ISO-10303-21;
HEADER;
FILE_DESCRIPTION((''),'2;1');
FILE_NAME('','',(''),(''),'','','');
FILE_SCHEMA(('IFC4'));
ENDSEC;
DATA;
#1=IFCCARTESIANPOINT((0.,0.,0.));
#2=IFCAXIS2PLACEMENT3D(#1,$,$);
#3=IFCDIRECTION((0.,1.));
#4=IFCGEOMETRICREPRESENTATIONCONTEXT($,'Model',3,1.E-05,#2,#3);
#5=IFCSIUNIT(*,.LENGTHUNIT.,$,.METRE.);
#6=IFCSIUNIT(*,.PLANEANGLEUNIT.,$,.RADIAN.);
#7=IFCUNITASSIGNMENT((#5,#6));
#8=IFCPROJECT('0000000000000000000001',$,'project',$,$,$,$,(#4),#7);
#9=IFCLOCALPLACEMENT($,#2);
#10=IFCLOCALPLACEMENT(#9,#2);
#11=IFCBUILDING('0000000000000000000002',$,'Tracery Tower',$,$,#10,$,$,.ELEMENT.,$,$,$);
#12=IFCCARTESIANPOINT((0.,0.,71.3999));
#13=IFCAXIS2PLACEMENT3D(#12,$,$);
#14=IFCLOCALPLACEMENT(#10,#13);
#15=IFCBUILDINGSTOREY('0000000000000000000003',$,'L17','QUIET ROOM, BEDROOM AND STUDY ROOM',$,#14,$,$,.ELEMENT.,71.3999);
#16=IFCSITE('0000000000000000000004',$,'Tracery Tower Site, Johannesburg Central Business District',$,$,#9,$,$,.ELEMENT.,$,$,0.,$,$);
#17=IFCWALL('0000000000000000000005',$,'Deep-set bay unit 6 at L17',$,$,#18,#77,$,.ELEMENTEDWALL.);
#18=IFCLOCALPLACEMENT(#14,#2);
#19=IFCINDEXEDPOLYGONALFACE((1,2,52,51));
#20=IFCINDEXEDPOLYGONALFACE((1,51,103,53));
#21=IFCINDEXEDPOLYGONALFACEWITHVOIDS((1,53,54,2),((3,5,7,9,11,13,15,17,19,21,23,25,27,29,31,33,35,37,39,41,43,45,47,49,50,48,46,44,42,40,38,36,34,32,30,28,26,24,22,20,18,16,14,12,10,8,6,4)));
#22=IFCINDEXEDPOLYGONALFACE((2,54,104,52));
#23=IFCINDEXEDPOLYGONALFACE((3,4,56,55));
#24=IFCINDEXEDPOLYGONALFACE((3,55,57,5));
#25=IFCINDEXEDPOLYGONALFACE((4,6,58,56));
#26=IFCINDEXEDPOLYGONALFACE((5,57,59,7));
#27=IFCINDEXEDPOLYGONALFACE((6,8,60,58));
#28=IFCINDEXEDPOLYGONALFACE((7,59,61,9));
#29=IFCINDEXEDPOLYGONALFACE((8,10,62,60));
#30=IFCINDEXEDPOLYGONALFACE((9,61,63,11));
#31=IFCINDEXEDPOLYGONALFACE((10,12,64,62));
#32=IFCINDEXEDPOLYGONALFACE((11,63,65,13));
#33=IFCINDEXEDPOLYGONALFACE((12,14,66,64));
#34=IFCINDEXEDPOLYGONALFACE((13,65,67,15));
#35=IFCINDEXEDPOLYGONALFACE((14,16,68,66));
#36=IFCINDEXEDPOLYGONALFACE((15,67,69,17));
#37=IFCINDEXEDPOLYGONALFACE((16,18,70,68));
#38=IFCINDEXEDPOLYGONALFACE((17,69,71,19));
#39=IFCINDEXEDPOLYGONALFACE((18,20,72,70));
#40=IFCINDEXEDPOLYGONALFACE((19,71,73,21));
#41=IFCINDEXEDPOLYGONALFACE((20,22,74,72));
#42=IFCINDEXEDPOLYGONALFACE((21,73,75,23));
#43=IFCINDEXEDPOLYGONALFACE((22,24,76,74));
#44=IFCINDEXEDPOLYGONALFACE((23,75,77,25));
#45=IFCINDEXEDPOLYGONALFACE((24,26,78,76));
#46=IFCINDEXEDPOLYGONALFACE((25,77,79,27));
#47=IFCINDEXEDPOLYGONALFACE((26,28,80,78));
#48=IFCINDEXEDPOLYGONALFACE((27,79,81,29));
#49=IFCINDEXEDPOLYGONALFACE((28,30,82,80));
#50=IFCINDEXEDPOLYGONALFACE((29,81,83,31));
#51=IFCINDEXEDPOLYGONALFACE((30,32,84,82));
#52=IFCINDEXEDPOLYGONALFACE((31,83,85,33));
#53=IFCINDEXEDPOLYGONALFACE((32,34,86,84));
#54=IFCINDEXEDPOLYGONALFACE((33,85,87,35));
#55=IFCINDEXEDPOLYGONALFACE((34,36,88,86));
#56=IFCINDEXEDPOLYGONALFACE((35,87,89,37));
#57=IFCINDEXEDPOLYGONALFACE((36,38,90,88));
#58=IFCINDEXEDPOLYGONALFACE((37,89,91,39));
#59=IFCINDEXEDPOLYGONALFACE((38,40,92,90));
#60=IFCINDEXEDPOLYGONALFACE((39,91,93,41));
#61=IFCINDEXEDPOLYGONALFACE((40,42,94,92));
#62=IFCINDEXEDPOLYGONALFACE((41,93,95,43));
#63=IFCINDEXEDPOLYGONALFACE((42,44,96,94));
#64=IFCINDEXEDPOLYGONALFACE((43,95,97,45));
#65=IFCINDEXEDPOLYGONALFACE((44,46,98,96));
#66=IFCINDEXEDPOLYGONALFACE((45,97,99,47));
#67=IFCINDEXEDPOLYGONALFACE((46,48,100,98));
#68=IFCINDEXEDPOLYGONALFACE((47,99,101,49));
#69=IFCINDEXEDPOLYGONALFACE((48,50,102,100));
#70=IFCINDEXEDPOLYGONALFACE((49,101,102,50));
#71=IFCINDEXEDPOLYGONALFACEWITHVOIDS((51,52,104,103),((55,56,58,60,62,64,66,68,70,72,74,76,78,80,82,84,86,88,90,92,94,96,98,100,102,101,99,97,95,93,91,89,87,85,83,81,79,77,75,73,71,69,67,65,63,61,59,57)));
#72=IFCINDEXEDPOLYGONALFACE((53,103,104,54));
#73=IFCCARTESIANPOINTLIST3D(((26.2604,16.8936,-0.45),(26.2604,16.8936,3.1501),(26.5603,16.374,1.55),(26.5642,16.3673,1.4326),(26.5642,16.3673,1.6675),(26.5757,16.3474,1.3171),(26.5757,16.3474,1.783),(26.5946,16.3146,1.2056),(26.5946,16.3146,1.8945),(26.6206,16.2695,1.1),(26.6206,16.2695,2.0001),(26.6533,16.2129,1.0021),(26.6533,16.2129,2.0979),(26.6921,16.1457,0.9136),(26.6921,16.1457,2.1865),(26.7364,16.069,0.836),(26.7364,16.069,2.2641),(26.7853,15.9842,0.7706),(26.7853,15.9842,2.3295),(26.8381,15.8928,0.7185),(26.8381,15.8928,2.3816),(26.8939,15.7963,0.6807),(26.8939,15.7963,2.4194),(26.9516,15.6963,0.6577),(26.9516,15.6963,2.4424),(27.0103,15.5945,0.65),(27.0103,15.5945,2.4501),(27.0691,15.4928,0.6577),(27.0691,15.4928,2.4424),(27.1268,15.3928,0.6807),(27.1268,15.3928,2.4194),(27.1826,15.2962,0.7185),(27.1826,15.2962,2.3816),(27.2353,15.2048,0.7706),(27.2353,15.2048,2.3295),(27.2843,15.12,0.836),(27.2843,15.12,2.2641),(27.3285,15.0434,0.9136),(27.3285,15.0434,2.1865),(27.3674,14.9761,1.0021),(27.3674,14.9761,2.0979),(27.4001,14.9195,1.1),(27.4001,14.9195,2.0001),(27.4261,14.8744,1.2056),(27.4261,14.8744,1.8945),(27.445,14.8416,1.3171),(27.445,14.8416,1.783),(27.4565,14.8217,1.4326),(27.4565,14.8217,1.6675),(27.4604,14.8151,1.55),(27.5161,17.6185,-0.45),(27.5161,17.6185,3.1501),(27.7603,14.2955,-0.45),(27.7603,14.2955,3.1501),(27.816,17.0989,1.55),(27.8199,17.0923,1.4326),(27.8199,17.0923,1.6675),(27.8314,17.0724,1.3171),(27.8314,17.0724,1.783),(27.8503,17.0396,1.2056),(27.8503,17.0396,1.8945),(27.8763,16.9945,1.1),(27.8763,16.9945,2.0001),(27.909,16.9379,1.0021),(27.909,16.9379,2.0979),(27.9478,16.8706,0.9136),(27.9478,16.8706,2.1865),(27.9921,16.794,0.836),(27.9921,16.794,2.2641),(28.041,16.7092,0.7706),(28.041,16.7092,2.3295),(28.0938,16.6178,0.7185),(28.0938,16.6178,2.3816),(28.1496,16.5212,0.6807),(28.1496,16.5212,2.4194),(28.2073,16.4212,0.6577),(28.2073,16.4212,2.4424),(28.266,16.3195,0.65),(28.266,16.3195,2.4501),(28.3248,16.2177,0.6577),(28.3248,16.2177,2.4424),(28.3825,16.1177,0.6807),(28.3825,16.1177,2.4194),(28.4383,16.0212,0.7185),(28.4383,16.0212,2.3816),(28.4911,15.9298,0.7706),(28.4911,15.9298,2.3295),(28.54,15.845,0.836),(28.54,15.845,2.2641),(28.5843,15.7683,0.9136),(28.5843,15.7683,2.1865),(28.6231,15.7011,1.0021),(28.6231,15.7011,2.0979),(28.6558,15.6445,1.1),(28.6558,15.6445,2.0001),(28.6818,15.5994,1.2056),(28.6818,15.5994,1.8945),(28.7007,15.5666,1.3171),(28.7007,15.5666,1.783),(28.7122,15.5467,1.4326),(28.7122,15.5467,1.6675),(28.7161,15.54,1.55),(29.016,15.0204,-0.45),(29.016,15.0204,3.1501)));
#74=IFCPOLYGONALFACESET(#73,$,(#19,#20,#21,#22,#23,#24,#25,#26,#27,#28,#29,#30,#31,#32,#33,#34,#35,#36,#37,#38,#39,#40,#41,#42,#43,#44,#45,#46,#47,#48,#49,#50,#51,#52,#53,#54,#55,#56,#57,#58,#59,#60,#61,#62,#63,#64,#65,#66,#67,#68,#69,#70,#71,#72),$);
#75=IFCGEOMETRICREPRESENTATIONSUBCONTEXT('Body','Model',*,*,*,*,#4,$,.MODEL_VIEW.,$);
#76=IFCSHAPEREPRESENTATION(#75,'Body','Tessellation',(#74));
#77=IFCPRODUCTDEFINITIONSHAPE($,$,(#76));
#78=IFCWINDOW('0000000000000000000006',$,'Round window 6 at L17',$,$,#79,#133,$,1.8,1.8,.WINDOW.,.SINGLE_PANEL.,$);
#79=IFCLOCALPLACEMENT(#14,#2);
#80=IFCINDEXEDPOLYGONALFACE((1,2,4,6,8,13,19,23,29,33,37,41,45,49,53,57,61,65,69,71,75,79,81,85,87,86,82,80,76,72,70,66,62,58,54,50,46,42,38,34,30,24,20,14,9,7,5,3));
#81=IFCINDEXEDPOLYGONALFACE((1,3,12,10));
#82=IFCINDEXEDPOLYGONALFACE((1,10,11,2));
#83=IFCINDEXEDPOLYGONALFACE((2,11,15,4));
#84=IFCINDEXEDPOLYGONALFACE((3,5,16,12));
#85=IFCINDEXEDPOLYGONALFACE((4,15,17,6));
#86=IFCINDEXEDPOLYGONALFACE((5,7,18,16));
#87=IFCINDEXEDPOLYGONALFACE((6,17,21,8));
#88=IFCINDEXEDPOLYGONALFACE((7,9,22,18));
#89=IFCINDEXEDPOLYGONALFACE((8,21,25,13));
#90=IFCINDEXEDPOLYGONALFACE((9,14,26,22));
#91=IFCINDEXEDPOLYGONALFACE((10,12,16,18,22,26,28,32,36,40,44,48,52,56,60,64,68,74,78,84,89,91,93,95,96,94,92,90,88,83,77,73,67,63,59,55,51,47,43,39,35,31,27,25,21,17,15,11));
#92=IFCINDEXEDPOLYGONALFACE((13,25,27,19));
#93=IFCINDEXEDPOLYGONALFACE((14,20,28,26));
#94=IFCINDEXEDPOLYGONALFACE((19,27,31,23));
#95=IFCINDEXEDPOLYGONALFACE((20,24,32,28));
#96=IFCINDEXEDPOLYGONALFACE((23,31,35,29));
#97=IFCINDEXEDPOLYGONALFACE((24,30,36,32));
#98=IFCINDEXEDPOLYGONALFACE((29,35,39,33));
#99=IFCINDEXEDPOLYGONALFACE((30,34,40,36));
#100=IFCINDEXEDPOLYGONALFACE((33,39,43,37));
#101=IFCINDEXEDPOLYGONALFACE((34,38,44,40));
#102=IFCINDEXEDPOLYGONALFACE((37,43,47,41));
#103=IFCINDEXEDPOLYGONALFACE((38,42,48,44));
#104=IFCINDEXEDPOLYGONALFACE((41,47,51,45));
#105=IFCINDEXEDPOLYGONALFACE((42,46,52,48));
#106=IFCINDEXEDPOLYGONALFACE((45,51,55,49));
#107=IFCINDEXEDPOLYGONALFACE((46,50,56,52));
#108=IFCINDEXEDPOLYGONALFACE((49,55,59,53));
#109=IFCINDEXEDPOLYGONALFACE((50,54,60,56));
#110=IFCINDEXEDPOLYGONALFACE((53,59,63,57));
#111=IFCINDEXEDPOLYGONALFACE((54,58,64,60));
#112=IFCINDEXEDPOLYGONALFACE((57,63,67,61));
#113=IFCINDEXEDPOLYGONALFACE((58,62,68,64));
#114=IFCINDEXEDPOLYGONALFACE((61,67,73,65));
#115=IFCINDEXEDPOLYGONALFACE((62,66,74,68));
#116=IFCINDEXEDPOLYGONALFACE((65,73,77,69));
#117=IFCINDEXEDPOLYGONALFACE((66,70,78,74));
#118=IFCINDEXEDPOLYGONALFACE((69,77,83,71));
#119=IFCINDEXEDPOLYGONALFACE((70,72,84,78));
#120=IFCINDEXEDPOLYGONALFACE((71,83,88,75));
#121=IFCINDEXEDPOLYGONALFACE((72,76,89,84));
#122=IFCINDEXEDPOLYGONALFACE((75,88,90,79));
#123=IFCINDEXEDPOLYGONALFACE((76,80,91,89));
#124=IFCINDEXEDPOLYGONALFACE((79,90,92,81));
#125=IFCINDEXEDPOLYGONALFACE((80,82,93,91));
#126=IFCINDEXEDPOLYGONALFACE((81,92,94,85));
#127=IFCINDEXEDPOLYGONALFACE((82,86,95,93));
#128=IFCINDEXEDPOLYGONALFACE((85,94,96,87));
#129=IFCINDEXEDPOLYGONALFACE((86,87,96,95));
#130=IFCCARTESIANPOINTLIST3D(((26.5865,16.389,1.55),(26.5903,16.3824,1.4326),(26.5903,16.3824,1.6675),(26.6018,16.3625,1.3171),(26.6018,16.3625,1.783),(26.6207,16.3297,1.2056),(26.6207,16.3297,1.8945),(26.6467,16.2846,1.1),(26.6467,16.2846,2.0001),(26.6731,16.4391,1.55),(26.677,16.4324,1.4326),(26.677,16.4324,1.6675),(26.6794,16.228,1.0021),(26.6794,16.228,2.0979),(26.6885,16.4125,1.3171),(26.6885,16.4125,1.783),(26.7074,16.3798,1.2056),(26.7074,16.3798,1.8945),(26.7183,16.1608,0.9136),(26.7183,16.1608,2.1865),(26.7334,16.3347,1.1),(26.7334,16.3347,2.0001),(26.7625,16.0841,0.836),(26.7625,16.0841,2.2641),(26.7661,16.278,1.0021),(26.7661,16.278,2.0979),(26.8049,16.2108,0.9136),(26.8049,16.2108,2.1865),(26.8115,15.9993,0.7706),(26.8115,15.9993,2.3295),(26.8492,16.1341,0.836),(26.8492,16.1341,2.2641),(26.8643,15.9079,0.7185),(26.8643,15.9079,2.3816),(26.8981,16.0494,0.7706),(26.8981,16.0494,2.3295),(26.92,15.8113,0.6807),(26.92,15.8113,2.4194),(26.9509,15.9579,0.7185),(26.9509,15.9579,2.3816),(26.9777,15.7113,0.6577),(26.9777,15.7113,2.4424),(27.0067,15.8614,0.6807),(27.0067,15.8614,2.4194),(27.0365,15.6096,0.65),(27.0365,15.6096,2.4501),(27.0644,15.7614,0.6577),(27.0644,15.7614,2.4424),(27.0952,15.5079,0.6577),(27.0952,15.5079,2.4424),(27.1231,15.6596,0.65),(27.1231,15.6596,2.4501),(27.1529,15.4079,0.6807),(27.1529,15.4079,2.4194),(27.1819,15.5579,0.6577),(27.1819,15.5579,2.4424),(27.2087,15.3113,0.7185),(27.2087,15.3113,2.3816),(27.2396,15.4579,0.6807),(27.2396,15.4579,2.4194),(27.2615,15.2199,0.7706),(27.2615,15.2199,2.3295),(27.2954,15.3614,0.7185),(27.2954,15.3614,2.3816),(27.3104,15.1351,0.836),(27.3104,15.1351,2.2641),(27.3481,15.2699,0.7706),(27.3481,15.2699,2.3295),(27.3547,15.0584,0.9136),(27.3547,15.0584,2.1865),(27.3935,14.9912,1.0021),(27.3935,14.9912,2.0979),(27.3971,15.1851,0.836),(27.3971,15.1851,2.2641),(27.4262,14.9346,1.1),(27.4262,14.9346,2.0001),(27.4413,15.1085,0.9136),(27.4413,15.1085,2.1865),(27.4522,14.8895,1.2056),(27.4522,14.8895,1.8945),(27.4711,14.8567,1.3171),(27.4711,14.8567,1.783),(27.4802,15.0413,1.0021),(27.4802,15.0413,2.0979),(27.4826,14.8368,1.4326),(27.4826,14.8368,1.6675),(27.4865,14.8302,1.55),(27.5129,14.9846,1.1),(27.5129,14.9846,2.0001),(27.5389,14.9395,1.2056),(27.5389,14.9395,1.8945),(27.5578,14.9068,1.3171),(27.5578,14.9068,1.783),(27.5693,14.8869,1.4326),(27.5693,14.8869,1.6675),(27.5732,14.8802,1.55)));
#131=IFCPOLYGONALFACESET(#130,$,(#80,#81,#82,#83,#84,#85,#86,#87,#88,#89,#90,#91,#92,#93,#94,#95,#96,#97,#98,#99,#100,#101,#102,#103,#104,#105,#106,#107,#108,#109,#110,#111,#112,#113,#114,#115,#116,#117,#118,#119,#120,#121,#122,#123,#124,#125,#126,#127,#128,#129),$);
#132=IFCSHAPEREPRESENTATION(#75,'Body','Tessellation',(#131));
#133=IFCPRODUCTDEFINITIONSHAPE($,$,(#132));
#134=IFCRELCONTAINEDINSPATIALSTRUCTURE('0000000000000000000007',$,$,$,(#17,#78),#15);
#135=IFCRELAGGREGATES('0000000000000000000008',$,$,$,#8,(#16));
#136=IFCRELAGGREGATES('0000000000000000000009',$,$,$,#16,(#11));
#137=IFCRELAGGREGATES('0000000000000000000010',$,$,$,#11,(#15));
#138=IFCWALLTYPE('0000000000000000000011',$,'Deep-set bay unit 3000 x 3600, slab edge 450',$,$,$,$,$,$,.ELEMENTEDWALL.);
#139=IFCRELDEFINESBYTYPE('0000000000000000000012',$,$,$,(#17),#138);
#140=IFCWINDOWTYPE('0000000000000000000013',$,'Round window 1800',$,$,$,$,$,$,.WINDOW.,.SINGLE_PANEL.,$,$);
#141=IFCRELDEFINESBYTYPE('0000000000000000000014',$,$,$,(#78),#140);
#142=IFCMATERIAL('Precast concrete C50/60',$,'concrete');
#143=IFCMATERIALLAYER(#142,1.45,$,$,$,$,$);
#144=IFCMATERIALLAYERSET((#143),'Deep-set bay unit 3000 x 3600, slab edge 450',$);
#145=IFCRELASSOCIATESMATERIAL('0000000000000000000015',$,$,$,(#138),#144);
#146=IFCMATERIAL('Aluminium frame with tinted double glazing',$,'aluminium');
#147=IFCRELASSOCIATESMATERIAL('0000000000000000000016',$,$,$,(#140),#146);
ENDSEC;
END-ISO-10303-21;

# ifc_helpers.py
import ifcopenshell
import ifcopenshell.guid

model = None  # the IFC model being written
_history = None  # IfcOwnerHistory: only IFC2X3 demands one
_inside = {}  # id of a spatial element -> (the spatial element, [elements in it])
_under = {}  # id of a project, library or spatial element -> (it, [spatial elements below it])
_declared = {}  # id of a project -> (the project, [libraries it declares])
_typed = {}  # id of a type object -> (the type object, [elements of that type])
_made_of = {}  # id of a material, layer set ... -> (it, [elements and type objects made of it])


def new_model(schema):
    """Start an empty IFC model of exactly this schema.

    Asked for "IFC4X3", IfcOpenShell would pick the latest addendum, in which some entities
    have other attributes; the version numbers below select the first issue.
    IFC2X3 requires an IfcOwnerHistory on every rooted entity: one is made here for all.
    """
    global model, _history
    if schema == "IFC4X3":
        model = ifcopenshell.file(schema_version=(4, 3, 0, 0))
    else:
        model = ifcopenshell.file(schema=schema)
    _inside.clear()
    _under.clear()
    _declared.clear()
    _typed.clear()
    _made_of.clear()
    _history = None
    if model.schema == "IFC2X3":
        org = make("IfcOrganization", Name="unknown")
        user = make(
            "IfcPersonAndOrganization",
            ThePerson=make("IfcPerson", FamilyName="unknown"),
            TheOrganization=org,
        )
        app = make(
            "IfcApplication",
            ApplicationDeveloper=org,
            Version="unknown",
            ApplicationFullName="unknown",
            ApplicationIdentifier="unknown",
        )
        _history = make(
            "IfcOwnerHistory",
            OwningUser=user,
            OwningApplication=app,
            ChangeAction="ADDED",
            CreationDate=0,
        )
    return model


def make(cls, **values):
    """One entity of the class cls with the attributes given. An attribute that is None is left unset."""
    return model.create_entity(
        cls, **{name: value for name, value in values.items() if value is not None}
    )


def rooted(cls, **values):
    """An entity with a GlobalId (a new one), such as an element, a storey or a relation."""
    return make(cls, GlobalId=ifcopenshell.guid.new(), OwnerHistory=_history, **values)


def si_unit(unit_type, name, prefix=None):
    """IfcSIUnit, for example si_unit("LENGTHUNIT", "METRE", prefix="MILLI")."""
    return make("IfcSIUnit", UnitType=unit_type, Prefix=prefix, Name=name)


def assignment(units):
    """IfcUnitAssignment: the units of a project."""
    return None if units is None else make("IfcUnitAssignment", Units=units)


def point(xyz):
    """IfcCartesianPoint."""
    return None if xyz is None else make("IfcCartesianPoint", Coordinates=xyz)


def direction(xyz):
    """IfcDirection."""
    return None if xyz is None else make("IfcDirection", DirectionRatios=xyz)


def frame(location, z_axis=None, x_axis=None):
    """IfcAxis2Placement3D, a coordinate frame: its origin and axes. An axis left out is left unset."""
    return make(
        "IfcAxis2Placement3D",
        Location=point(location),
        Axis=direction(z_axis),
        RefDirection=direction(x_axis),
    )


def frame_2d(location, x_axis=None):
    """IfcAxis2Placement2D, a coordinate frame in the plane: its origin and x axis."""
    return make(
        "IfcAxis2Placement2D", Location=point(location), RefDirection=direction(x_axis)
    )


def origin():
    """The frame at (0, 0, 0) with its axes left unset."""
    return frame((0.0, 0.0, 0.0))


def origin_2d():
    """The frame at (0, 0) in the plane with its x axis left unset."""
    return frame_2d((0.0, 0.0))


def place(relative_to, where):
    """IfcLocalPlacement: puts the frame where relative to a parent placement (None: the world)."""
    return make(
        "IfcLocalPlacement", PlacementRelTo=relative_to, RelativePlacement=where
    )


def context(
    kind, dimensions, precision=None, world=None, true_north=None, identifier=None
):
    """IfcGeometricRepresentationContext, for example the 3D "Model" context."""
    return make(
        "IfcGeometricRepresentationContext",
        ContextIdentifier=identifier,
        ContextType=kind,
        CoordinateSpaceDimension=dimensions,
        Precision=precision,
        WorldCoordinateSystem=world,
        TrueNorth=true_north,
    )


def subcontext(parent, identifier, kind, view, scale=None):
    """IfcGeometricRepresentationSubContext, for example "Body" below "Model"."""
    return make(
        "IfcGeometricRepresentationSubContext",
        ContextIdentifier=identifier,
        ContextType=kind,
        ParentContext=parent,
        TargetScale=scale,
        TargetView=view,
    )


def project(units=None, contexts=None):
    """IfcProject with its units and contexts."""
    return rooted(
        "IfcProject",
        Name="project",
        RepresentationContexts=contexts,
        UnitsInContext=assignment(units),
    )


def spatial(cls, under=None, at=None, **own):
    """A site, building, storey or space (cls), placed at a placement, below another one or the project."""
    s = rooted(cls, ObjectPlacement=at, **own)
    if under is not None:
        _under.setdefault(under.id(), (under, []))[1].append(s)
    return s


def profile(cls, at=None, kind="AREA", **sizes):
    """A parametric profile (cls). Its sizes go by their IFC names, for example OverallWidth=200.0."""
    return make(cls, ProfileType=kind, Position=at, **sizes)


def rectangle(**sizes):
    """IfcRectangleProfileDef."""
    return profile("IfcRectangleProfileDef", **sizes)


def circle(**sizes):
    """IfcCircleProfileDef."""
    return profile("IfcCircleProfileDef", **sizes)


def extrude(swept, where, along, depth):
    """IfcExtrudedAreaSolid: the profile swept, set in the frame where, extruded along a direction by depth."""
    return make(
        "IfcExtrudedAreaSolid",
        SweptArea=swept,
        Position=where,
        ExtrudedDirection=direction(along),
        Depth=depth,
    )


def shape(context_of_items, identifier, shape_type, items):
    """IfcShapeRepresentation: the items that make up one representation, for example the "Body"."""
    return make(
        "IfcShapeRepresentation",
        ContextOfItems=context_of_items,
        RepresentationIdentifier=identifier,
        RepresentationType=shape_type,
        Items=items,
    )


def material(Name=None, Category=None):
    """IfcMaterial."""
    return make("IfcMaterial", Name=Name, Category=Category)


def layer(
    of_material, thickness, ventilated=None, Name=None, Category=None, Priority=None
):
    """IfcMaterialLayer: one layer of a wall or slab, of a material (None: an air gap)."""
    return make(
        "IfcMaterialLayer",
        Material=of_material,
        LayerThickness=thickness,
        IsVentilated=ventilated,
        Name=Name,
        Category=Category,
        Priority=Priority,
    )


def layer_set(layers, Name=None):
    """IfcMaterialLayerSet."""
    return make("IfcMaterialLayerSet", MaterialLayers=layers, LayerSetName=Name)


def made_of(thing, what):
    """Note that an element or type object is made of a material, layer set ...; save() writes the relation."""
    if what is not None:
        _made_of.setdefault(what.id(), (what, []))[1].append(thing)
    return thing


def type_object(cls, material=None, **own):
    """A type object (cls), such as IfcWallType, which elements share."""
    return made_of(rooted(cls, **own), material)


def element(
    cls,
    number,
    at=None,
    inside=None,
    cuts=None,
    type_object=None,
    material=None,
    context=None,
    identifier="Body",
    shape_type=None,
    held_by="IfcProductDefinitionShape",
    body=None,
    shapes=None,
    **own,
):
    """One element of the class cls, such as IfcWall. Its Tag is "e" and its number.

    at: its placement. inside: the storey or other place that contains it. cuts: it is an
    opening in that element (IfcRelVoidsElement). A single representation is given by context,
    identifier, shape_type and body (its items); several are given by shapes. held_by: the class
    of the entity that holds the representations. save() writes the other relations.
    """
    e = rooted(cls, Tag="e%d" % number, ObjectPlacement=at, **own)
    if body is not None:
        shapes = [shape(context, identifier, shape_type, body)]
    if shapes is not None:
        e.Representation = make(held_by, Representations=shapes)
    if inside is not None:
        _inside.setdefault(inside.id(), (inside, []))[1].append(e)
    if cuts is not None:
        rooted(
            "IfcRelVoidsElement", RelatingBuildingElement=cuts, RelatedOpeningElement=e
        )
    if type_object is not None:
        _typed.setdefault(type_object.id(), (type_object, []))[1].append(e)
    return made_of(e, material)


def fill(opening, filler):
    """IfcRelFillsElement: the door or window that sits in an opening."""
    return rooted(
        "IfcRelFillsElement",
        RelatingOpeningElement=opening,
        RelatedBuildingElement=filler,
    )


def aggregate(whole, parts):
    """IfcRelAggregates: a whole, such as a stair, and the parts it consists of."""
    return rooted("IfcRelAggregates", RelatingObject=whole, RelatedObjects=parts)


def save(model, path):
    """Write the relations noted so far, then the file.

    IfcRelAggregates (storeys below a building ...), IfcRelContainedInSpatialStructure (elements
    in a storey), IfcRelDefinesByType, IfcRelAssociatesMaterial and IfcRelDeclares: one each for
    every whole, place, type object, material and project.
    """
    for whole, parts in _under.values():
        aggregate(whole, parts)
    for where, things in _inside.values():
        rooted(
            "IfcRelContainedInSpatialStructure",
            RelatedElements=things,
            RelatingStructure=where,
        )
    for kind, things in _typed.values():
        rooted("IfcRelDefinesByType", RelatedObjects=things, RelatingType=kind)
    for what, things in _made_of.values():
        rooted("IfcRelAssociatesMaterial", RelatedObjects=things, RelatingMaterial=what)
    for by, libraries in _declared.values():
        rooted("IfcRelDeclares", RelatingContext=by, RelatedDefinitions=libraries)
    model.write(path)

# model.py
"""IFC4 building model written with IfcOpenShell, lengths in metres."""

from ifc_helpers import new_model, si_unit, direction, frame, frame_2d, origin, origin_2d, place, context, subcontext, project, spatial, rectangle, circle, extrude, material, layer, layer_set, type_object, element, fill, save


model = new_model("IFC4")

# Units and contexts
model_context = context("Model", 3, precision=1e-05, world=origin(), true_north=direction((0.0, 1.0)))
body_context = subcontext(model_context, "Body", "Model", "MODEL_VIEW")
ifc_project = project(units=[si_unit("LENGTHUNIT", "METRE"), si_unit("PLANEANGLEUNIT", "RADIAN")], contexts=[model_context])

# Site, building, storey
site_placement = place(None, origin())
site = spatial("IfcSite", under=ifc_project, at=site_placement, Name="Tracery Tower Site, Johannesburg Central Business District", CompositionType="ELEMENT", RefElevation=0.0)
building_placement = place(site_placement, origin())
building = spatial("IfcBuilding", under=site, at=building_placement, Name="Tracery Tower", CompositionType="ELEMENT")
storey_placement = place(building_placement, frame((0.0, 0.0, 71.3999)))
storey = spatial("IfcBuildingStorey", under=building, at=storey_placement, Name="L17", Description="QUIET ROOM, BEDROOM AND STUDY ROOM", CompositionType="ELEMENT", Elevation=71.3999)

# Wall, opening, window
ifc_material_1 = material(Name="Precast concrete C50/60", Category="concrete")
ifc_layer_1 = layer(ifc_material_1, 1.45)
ifc_layer_set_1 = layer_set([ifc_layer_1], Name="Deep-set bay unit 3000 x 3600, slab edge 450")
wall_type_1 = type_object("IfcWallType", Name="Deep-set bay unit 3000 x 3600, slab edge 450", PredefinedType="ELEMENTEDWALL", material=ifc_layer_set_1)
ifc_material_2 = material(Name="Aluminium frame with tinted double glazing", Category="aluminium")
window_type = type_object("IfcWindowType", Name="Round window 1800", PartitioningType="SINGLE_PANEL", PredefinedType="WINDOW", material=ifc_material_2)
wall_1_placement = place(storey_placement, frame((28.3882, 14.658, -0.45), z_axis=(0.0, 0.0, 1.0), x_axis=(-0.49999, 0.866031, 0.0)))
wall_1 = element("IfcWall", 1, at=wall_1_placement, inside=storey, type_object=wall_type_1, Name="Deep-set bay unit 6 at L17", PredefinedType="ELEMENTEDWALL", context=body_context, shape_type="SweptSolid", body=[
    extrude(rectangle(XDim=3.0, YDim=1.45, at=frame_2d((1.5, 0.0))), origin(), (0.0, 0.0, 1.0), 3.6001),
])
opening_1_placement = place(wall_1_placement, frame((1.5, 0.0, 2.0)))
opening_1 = element("IfcOpeningElement", 2, at=opening_1_placement, cuts=wall_1, PredefinedType="OPENING", context=body_context, shape_type="SweptSolid", body=[
    extrude(circle(Radius=0.9, at=origin_2d()), frame((0.0, 0.7349, 0.0), z_axis=(0.0, -1.0, 0.0), x_axis=(1.0, 0.0, 0.0)), (0.0, 0.0, 1.0), 1.47),
])
window_1_placement = place(opening_1_placement, origin())
window_1 = element("IfcWindow", 3, at=window_1_placement, inside=storey, type_object=window_type, Name="Round window 6 at L17", OverallHeight=1.8, OverallWidth=1.8, PartitioningType="SINGLE_PANEL", PredefinedType="WINDOW", context=body_context, shape_type="SweptSolid", body=[
    extrude(circle(Radius=0.9, at=origin_2d()), frame((0.0, 0.6948, 0.0), z_axis=(0.0, -1.0, 0.0), x_axis=(1.0, 0.0, 0.0)), (0.0, 0.0, 1.0), 0.1001),
])
fill(opening_1, window_1)

save(model, "model.ifc")
